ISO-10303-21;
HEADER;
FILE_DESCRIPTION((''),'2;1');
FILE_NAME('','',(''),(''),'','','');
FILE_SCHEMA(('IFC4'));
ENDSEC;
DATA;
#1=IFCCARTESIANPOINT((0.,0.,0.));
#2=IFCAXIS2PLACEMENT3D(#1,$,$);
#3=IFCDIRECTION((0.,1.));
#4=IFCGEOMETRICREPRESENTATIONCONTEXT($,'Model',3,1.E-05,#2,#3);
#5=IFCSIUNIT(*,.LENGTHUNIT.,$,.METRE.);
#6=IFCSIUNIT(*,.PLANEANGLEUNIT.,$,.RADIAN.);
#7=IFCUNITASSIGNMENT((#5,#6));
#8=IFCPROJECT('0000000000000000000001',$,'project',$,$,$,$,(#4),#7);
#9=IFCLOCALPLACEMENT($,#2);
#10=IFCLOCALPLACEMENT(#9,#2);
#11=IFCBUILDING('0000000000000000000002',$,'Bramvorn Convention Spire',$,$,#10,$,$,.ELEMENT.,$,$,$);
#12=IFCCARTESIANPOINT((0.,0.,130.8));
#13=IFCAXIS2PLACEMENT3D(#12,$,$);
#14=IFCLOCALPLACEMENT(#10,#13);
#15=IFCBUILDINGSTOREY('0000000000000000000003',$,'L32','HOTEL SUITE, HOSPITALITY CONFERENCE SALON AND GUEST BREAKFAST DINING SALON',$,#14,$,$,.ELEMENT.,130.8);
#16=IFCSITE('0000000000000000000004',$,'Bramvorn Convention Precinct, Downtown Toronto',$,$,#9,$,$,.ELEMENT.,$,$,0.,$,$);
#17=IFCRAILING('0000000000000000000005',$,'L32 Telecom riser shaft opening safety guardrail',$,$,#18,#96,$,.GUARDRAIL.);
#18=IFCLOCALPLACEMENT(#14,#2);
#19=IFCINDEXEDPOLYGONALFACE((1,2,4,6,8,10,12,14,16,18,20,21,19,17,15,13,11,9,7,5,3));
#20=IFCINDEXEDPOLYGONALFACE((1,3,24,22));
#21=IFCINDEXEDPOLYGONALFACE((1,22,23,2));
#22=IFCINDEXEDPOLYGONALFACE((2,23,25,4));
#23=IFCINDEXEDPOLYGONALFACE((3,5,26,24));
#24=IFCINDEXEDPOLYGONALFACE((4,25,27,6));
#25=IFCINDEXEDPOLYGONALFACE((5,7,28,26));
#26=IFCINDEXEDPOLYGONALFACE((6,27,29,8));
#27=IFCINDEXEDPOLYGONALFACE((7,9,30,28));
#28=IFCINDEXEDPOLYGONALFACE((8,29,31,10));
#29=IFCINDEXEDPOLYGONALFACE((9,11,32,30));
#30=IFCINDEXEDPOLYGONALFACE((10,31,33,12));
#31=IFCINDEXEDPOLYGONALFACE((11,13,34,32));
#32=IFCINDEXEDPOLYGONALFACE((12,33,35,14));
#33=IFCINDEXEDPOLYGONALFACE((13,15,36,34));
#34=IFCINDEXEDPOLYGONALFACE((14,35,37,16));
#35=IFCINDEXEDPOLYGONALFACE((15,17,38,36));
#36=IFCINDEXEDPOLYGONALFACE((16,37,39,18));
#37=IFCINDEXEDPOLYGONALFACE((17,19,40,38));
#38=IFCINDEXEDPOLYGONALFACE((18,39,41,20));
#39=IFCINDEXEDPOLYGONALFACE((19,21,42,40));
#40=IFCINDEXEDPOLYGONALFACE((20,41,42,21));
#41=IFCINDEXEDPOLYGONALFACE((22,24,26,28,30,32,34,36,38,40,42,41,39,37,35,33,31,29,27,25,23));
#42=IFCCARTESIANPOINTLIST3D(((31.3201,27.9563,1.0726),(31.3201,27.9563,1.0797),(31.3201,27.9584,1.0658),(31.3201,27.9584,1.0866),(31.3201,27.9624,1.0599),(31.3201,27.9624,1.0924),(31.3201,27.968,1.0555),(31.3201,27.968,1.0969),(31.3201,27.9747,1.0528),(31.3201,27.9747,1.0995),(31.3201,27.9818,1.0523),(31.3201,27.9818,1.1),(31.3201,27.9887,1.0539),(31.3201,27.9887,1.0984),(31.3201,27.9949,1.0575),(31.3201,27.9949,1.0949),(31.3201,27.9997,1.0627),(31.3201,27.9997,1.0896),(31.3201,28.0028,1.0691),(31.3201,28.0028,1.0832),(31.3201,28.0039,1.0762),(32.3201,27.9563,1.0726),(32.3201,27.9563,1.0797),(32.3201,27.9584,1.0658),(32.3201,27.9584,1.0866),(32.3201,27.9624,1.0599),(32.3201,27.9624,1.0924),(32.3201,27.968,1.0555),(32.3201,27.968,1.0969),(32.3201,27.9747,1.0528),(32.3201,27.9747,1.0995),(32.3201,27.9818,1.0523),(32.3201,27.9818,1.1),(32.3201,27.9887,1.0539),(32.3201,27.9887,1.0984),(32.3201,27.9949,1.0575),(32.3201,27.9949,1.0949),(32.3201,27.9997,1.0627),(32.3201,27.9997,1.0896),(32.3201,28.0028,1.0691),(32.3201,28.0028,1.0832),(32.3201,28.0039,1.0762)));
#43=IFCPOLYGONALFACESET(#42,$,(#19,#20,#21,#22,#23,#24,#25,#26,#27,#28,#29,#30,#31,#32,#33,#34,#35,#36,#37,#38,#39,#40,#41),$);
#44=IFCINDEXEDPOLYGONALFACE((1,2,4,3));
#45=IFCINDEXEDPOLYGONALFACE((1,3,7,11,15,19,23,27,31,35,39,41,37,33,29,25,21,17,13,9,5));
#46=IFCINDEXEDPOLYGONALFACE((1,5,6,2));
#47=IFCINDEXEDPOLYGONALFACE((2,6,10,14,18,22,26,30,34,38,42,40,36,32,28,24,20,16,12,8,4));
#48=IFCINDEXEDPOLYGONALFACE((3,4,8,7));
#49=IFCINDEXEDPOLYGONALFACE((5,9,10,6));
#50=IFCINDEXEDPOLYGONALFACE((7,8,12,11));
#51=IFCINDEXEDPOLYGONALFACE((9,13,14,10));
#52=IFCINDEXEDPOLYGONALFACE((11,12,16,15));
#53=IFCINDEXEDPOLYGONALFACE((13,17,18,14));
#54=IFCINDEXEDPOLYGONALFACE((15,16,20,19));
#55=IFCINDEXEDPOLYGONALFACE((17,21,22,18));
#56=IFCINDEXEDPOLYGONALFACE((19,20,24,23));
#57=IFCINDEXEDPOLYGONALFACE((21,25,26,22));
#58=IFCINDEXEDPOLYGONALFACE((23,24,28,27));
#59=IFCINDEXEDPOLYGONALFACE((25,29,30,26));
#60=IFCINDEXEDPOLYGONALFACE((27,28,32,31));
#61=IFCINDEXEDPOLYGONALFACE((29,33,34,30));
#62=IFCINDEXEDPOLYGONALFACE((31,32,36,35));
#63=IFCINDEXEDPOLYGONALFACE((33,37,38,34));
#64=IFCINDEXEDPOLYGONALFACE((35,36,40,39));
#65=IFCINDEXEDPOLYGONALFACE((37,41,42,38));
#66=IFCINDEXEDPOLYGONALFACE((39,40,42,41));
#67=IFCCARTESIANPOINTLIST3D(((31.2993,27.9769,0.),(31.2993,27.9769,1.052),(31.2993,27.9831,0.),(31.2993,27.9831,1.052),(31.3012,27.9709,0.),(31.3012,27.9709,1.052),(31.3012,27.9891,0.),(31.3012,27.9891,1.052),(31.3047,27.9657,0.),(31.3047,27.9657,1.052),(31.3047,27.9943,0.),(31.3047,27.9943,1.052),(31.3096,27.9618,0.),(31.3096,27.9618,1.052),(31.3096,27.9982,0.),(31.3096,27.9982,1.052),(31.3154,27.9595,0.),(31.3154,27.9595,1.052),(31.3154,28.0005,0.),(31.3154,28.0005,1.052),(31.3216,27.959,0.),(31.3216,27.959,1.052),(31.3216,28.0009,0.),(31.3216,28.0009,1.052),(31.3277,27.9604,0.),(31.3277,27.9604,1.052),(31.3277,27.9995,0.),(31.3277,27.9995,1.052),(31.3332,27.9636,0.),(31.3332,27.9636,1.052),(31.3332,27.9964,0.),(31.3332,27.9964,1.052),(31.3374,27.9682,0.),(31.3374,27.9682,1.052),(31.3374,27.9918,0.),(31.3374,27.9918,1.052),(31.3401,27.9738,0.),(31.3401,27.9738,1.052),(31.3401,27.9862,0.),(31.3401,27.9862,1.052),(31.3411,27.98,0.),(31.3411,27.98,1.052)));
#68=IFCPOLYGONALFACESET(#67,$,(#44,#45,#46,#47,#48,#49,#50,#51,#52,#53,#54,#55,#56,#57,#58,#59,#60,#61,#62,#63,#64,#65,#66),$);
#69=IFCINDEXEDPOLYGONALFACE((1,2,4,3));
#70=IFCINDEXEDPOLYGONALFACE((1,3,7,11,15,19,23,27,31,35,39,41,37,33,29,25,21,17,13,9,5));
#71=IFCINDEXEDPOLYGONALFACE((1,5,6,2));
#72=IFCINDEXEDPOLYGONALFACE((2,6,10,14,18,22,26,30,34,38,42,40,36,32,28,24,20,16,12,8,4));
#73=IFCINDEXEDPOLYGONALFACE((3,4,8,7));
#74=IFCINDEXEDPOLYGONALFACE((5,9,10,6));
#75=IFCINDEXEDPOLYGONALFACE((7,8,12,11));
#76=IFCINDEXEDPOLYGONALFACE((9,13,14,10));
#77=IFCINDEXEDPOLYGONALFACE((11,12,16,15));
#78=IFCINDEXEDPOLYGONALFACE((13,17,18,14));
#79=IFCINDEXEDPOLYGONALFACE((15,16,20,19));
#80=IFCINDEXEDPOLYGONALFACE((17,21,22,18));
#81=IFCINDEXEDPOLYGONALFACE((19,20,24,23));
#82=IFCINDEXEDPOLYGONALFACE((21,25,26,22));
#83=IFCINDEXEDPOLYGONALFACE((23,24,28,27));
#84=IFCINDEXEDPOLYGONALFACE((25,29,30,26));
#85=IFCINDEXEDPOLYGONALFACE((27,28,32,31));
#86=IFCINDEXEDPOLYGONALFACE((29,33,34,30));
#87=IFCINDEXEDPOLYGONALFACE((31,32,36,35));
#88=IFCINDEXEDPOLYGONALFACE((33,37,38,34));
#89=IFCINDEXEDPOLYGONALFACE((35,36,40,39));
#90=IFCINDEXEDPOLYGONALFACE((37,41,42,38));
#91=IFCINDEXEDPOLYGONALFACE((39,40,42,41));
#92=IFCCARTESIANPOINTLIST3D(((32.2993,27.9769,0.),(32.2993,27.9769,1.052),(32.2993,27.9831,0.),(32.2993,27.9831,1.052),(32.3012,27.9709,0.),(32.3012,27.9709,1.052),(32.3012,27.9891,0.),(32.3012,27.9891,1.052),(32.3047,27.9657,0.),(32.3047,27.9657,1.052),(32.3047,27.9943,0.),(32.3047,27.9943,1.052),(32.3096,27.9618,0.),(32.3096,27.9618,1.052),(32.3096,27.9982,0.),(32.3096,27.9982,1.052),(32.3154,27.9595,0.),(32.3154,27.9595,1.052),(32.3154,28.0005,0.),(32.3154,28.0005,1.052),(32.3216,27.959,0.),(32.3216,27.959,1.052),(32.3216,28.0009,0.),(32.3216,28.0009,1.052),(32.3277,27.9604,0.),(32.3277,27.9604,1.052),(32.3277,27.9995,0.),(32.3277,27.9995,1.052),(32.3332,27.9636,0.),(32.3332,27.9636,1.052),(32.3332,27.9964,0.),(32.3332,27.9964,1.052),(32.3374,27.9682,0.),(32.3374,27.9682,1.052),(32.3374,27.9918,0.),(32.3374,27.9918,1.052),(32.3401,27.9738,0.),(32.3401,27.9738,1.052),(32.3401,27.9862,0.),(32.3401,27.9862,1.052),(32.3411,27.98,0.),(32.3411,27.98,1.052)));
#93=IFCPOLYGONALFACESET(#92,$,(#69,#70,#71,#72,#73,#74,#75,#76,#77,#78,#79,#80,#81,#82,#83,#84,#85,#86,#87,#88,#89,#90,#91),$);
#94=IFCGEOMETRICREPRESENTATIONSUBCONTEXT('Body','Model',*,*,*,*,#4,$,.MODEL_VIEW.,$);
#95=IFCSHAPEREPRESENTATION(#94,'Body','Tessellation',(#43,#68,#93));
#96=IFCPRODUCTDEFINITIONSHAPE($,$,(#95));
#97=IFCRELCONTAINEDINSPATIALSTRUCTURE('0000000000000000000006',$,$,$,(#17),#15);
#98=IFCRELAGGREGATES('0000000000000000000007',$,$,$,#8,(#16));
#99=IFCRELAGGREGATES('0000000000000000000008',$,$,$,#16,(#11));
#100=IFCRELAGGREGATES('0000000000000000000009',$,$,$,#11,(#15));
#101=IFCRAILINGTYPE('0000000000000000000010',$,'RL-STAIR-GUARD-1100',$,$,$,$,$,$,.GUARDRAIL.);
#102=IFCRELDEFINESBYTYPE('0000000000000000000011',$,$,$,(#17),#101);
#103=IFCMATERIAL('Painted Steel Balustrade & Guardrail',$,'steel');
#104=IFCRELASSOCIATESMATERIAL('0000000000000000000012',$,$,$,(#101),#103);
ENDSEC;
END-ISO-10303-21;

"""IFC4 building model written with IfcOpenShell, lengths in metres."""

from ifc_helpers import new_model, si_unit, direction, frame, origin, origin_2d, place, context, subcontext, project, spatial, circle, extrude, material, type_object, element, save


model = new_model("IFC4")

# Units and contexts
model_context = context("Model", 3, precision=1e-05, world=origin(), true_north=direction((0.0, 1.0)))
body_context = subcontext(model_context, "Body", "Model", "MODEL_VIEW")
ifc_project = project(units=[si_unit("LENGTHUNIT", "METRE"), si_unit("PLANEANGLEUNIT", "RADIAN")], contexts=[model_context])

# Site, building, storey
site_placement = place(None, origin())
site = spatial("IfcSite", under=ifc_project, at=site_placement, Name="Bramvorn Convention Precinct, Downtown Toronto", CompositionType="ELEMENT", RefElevation=0.0)
building_placement = place(site_placement, origin())
building = spatial("IfcBuilding", under=site, at=building_placement, Name="Bramvorn Convention Spire", CompositionType="ELEMENT")
storey_placement = place(building_placement, frame((0.0, 0.0, 130.8)))
storey = spatial("IfcBuildingStorey", under=building, at=storey_placement, Name="L32", Description="HOTEL SUITE, HOSPITALITY CONFERENCE SALON AND GUEST BREAKFAST DINING SALON", CompositionType="ELEMENT", Elevation=130.8)

# Railing
ifc_material_1 = material(Name="Painted Steel Balustrade & Guardrail", Category="steel")
railing_type = type_object("IfcRailingType", Name="RL-STAIR-GUARD-1100", PredefinedType="GUARDRAIL", material=ifc_material_1)
railing_1_placement = place(storey_placement, frame((31.3201, 27.98, 0.0)))
element("IfcRailing", 1, at=railing_1_placement, inside=storey, type_object=railing_type, Name="L32 Telecom riser shaft opening safety guardrail", PredefinedType="GUARDRAIL", context=body_context, shape_type="SweptSolid", body=[
    extrude(circle(Radius=0.0239, at=origin_2d()), frame((0.0, 0.0, 1.0762), z_axis=(1.0, 0.0, 0.0), x_axis=(0.0, 1.0, 0.0)), (0.0, 0.0, 1.0), 1.0),
    extrude(circle(Radius=0.021, at=origin_2d()), origin(), (0.0, 0.0, 1.0), 1.052),
    extrude(circle(Radius=0.021, at=origin_2d()), frame((1.0, 0.0, 0.0)), (0.0, 0.0, 1.0), 1.052),
])

save(model, "model.ifc")
